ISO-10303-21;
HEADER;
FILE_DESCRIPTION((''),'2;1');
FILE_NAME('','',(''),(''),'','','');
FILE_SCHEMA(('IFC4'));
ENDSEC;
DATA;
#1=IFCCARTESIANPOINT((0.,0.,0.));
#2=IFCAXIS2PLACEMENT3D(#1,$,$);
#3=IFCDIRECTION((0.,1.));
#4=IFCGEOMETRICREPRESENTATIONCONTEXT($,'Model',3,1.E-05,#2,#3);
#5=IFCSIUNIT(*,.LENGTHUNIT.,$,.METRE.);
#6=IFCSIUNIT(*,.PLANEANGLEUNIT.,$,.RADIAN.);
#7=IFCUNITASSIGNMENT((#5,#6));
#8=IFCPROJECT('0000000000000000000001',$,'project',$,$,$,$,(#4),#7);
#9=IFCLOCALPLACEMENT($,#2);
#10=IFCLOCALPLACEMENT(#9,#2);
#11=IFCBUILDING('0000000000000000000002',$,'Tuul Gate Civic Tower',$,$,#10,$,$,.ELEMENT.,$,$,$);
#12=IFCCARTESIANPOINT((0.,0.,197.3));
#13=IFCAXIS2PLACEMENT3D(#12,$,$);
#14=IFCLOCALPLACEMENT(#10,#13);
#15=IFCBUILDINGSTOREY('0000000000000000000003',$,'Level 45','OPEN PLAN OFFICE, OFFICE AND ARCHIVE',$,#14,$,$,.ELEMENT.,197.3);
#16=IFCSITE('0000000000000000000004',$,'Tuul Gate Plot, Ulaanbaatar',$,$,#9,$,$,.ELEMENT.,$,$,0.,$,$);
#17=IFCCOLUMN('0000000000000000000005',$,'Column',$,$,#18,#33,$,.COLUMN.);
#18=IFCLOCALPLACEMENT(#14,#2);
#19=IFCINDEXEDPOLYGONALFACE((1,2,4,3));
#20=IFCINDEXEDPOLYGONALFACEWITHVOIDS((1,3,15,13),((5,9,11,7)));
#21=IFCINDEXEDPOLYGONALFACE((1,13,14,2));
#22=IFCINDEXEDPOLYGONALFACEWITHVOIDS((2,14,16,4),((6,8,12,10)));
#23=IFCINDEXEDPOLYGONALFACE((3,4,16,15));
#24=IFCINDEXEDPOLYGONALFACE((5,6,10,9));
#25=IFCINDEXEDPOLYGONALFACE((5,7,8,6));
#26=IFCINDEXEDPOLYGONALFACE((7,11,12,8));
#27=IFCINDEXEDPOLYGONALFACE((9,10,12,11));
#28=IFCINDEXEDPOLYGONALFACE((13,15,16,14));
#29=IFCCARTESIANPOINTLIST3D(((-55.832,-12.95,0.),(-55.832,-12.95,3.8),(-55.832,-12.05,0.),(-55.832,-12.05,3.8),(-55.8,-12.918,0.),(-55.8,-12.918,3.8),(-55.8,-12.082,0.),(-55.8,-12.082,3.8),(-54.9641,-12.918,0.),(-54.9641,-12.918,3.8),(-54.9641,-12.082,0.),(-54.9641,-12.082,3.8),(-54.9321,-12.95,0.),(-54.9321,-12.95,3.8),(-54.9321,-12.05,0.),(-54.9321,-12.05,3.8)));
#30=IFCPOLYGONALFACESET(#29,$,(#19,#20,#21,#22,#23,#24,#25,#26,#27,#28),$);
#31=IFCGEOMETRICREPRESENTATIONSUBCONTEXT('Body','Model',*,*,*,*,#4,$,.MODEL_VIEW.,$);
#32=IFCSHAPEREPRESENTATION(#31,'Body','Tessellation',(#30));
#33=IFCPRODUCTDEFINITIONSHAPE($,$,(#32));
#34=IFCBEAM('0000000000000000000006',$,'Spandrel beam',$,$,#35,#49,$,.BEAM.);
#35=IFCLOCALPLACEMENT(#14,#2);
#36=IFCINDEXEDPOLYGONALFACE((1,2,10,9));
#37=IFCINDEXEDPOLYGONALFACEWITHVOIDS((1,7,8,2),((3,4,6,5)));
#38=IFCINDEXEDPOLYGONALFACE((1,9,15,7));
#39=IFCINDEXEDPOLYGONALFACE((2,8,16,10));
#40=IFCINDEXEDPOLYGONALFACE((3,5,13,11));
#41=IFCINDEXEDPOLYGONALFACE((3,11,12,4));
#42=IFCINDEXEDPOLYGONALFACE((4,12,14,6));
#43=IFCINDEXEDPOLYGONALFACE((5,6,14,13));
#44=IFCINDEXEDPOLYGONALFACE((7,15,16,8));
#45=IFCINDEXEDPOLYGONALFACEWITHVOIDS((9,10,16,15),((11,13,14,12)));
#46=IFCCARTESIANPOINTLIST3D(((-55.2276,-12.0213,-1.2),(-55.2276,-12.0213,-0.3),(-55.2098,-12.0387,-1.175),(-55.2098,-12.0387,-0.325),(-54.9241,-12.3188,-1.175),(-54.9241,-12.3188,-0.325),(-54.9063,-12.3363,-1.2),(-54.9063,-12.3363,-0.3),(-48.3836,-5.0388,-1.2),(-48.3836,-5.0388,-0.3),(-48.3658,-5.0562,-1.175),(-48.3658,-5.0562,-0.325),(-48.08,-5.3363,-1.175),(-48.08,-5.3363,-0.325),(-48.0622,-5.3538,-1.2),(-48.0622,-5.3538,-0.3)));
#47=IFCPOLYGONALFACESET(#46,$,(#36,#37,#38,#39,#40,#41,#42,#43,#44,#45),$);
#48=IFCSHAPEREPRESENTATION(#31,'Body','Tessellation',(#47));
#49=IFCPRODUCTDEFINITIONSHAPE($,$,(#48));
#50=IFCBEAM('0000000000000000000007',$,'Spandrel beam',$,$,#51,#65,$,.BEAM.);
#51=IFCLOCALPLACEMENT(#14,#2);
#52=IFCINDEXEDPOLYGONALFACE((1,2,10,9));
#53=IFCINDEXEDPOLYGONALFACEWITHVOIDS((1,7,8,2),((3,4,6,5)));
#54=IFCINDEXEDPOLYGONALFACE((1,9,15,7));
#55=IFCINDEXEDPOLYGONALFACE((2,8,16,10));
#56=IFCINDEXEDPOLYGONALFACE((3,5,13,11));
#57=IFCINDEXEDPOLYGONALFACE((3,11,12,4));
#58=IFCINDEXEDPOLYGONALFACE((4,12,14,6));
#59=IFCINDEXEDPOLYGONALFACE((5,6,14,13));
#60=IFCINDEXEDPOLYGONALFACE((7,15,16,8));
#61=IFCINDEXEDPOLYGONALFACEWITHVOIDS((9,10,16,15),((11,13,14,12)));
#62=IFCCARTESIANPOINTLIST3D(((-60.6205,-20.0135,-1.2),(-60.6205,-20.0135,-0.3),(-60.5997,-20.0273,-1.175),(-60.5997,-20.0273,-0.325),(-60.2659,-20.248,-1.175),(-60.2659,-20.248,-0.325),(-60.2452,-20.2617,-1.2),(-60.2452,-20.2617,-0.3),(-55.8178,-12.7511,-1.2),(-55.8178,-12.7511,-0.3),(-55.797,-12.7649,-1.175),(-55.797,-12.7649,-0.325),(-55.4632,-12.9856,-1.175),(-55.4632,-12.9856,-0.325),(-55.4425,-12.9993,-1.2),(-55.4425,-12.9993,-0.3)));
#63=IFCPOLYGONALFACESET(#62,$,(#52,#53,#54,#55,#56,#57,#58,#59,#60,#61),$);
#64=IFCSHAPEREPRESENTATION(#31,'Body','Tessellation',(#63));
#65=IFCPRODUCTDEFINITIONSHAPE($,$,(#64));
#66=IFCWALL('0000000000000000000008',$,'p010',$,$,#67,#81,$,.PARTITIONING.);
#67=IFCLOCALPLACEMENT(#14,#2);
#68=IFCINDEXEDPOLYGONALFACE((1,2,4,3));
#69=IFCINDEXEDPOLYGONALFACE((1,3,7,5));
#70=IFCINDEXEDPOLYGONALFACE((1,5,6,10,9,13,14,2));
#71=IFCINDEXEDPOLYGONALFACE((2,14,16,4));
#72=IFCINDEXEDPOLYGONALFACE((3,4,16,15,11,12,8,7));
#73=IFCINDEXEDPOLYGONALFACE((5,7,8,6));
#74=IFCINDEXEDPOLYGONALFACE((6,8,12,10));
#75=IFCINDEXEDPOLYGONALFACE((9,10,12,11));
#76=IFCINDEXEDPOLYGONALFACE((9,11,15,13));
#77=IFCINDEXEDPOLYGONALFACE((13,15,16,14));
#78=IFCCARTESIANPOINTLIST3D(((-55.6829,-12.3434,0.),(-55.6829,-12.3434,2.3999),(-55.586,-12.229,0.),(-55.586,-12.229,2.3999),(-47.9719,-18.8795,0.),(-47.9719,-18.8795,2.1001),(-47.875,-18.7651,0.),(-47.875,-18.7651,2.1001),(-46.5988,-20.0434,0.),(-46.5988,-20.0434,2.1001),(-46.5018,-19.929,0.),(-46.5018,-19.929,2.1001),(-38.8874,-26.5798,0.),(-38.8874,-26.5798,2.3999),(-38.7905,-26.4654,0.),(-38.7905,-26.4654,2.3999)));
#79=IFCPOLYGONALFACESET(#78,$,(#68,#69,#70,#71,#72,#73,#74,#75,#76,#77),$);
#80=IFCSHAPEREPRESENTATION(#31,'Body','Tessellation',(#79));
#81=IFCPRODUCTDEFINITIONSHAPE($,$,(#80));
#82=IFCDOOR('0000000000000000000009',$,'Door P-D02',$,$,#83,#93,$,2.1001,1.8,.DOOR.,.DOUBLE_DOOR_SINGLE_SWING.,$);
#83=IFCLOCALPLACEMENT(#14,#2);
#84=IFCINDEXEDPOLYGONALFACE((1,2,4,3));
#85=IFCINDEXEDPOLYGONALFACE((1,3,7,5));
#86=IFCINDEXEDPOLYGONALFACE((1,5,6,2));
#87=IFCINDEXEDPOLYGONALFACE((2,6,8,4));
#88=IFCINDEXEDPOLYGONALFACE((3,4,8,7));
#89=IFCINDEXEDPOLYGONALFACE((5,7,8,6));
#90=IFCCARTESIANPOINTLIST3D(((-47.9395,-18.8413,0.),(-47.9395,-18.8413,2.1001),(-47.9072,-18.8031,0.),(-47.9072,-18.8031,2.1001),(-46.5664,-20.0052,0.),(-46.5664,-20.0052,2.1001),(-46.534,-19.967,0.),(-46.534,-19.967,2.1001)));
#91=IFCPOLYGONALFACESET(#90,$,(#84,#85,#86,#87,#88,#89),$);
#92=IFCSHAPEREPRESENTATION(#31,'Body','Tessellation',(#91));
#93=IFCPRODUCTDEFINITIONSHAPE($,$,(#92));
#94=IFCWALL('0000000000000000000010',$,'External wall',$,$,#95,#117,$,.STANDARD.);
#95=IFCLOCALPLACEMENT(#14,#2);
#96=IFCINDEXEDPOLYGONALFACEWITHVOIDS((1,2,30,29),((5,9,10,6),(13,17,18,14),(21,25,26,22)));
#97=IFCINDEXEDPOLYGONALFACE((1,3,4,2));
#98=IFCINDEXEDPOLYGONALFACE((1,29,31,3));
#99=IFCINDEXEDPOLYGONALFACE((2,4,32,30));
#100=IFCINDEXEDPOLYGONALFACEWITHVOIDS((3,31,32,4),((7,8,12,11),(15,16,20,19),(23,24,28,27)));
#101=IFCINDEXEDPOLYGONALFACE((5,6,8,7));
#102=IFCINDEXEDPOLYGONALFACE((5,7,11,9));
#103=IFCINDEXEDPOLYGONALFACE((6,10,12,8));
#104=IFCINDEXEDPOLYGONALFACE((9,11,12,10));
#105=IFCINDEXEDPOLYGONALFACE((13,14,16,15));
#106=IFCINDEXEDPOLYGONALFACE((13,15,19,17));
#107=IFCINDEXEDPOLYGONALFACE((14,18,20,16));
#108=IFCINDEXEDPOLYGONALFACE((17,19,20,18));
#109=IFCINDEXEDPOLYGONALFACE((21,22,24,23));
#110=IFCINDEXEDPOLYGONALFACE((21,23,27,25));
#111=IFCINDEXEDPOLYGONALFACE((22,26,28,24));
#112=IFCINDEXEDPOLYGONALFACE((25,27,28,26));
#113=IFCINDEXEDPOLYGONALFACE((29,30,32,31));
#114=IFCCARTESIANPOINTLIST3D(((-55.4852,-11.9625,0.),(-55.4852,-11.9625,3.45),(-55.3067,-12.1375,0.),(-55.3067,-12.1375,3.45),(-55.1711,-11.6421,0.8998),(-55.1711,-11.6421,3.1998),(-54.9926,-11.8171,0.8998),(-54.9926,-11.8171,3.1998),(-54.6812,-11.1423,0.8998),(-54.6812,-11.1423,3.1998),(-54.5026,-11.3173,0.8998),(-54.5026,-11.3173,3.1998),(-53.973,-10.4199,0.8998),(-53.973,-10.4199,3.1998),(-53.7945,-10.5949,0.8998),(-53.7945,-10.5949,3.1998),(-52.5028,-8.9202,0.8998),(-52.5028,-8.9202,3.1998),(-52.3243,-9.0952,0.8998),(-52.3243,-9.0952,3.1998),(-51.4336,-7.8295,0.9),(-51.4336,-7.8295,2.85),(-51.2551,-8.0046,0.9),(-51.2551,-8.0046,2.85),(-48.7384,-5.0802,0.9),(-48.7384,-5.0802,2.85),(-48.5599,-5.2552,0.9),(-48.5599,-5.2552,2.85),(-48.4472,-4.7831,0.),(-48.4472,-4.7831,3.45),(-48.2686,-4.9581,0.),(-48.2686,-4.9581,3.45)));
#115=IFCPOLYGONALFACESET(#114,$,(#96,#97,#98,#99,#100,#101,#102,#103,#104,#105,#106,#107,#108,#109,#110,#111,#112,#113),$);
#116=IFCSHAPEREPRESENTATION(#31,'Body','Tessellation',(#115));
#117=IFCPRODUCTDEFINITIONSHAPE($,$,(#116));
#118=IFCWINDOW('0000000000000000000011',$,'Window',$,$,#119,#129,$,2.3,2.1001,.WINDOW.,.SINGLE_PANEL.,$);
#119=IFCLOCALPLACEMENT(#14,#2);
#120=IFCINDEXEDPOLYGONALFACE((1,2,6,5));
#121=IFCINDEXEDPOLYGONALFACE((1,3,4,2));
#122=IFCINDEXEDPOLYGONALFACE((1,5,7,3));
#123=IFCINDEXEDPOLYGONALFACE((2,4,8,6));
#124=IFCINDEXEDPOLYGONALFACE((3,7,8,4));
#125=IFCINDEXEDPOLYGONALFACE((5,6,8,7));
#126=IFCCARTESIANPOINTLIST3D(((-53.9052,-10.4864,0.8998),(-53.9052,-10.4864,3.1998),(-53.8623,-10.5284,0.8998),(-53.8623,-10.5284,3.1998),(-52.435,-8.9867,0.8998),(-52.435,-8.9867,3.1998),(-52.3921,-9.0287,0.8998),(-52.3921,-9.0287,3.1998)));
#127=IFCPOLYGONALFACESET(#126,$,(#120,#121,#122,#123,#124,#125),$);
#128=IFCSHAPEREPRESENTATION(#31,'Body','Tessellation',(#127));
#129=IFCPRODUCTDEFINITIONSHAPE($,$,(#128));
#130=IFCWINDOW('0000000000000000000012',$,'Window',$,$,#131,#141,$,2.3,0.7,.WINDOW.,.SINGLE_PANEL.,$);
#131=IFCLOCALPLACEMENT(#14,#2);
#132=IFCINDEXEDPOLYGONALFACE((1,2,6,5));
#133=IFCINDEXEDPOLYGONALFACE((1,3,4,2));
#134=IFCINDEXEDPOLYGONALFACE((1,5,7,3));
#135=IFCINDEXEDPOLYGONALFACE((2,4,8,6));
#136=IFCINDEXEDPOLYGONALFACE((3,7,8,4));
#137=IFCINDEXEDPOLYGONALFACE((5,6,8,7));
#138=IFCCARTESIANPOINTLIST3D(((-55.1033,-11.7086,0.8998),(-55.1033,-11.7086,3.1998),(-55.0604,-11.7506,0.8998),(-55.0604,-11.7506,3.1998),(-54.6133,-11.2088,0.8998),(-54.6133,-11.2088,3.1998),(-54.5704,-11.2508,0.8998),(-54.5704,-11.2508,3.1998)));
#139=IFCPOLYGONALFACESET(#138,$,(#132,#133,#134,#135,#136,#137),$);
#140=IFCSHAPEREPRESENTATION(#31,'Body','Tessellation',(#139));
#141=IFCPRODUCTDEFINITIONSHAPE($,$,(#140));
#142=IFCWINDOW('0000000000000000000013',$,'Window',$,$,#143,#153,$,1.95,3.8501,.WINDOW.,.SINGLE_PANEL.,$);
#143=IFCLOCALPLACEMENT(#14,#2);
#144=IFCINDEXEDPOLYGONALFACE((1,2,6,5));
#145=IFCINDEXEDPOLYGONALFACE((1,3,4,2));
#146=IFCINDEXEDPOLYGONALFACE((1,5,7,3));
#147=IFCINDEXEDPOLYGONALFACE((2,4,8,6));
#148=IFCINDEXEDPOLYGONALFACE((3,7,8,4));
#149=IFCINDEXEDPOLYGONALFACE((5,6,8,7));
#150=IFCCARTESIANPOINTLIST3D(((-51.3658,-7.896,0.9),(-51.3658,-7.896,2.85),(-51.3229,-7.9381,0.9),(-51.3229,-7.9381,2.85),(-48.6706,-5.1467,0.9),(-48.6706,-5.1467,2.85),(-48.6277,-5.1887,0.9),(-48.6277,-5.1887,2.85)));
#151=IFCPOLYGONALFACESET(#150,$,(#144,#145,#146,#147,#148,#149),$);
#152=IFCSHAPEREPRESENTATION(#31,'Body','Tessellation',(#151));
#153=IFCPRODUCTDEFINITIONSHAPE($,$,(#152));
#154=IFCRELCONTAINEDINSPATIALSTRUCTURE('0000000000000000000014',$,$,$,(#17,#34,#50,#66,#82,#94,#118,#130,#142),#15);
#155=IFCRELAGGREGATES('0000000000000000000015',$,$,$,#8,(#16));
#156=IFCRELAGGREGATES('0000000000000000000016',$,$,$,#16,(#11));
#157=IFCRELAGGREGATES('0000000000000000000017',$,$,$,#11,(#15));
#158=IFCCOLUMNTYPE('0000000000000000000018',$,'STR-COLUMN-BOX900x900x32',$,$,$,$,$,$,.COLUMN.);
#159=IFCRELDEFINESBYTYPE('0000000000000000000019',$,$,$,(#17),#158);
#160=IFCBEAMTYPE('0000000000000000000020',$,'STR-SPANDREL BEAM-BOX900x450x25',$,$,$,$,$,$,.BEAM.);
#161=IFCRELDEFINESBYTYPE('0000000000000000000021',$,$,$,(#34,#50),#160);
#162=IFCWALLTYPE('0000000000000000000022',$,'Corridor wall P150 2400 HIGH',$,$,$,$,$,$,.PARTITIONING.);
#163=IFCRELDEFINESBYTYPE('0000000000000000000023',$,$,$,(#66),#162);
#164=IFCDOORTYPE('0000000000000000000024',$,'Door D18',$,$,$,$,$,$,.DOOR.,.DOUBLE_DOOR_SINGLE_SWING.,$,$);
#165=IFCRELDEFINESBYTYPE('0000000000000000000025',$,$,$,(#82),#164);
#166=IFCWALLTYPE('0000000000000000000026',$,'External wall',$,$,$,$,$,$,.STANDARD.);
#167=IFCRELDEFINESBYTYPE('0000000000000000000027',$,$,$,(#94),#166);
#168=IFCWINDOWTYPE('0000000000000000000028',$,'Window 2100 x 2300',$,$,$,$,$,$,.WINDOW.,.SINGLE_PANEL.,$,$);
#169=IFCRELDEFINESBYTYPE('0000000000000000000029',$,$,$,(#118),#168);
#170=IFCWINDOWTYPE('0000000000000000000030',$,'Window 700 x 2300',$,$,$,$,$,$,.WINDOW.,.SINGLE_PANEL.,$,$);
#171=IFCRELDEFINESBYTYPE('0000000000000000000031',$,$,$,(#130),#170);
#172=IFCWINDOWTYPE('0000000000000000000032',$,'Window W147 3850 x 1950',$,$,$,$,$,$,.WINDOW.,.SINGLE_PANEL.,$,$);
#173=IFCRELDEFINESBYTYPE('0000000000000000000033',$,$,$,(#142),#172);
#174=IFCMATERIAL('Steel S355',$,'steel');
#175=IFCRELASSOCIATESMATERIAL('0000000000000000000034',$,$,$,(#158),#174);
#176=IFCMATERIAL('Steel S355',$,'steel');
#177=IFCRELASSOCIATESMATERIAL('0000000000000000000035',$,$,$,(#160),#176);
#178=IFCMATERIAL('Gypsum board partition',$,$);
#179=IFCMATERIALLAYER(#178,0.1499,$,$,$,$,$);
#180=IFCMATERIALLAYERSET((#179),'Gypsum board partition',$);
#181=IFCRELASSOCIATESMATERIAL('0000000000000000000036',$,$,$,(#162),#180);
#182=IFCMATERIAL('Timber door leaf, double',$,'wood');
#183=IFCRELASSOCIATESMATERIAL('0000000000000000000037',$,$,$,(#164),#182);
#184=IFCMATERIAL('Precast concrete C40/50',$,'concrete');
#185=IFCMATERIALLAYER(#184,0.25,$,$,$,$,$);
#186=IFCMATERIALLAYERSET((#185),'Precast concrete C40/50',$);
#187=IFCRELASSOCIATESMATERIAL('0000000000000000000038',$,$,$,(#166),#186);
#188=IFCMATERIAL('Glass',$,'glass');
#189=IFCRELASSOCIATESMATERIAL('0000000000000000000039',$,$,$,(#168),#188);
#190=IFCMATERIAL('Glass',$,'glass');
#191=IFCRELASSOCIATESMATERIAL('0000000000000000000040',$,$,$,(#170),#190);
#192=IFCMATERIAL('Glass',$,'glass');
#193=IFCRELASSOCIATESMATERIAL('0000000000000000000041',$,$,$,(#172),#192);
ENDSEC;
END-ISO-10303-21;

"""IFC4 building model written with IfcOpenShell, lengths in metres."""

from ifc_helpers import new_model, si_unit, direction, frame, frame_2d, origin, origin_2d, place, context, subcontext, project, spatial, rectangle, hollow_rectangle, extrude, material, layer, layer_set, material_profile, profile_set, type_object, element, fill, save


model = new_model("IFC4")

# Units and contexts
model_context = context("Model", 3, precision=1e-05, world=origin(), true_north=direction((0.0, 1.0)))
body_context = subcontext(model_context, "Body", "Model", "MODEL_VIEW")
ifc_project = project(units=[si_unit("LENGTHUNIT", "METRE"), si_unit("PLANEANGLEUNIT", "RADIAN")], contexts=[model_context])

# Site, building, storey
site_placement = place(None, origin())
site = spatial("IfcSite", under=ifc_project, at=site_placement, Name="Tuul Gate Plot, Ulaanbaatar", CompositionType="ELEMENT", RefElevation=0.0)
building_placement = place(site_placement, origin())
building = spatial("IfcBuilding", under=site, at=building_placement, Name="Tuul Gate Civic Tower", CompositionType="ELEMENT")
storey_placement = place(building_placement, frame((0.0, 0.0, 197.3)))
storey = spatial("IfcBuildingStorey", under=building, at=storey_placement, Name="Level 45", Description="OPEN PLAN OFFICE, OFFICE AND ARCHIVE", CompositionType="ELEMENT", Elevation=197.3)

# Column
ifc_material_1 = material(Name="Steel S355", Category="steel")
ifc_material_profile_1 = material_profile(ifc_material_1, hollow_rectangle(XDim=0.8999, YDim=0.8999, WallThickness=0.032, at=origin_2d()), Name="BOX900x900x32")
ifc_profile_set_1 = profile_set([ifc_material_profile_1], Name="Steel S355")
column_type = type_object("IfcColumnType", Name="STR-COLUMN-BOX900x900x32", PredefinedType="COLUMN", material=ifc_profile_set_1)
column_placement = place(storey_placement, frame((-55.3821, -12.5, 0.0), z_axis=(0.0, 0.0, 1.0), x_axis=(1.0, 0.0, 0.0)))
element("IfcColumn", 1, at=column_placement, inside=storey, type_object=column_type, Name="Column", PredefinedType="COLUMN", context=body_context, shape_type="SweptSolid", body=[
    extrude(hollow_rectangle(XDim=0.8999, YDim=0.8999, WallThickness=0.032, at=origin_2d()), origin(), (0.0, 0.0, 1.0), 3.8),
])

# Beams
ifc_material_2 = material(Name="Steel S355", Category="steel")
ifc_material_profile_2 = material_profile(ifc_material_2, hollow_rectangle(XDim=0.45, YDim=0.8999, WallThickness=0.0249, at=origin_2d()), Name="BOX900x450x25")
ifc_profile_set_2 = profile_set([ifc_material_profile_2], Name="Steel S355")
beam_type = type_object("IfcBeamType", Name="STR-SPANDREL BEAM-BOX900x450x25", PredefinedType="BEAM", material=ifc_profile_set_2)
beam_1_placement = place(storey_placement, frame((-48.2229, -5.1963, -0.75), z_axis=(-0.699992, -0.71415, 0.0), x_axis=(0.71415, -0.699992, 0.0)))
element("IfcBeam", 2, at=beam_1_placement, inside=storey, type_object=beam_type, Name="Spandrel beam", PredefinedType="BEAM", context=body_context, shape_type="SweptSolid", body=[
    extrude(hollow_rectangle(XDim=0.45, YDim=0.8999, WallThickness=0.0249, at=origin_2d()), origin(), (0.0, 0.0, 1.0), 9.7773),
])
beam_2_placement = place(storey_placement, frame((-55.6301, -12.8752, -0.75), z_axis=(-0.551603, -0.834107, 0.0), x_axis=(0.834107, -0.551603, 0.0)))
element("IfcBeam", 3, at=beam_2_placement, inside=storey, type_object=beam_type, Name="Spandrel beam", PredefinedType="BEAM", context=body_context, shape_type="SweptSolid", body=[
    extrude(hollow_rectangle(XDim=0.45, YDim=0.8999, WallThickness=0.0249, at=origin_2d()), origin(), (0.0, 0.0, 1.0), 8.7068),
])

# Wall, opening, door
ifc_material_3 = material(Name="Gypsum board partition")
ifc_layer_1 = layer(ifc_material_3, 0.1499)
ifc_layer_set_1 = layer_set([ifc_layer_1], Name="Gypsum board partition")
wall_type_1 = type_object("IfcWallType", Name="Corridor wall P150 2400 HIGH", PredefinedType="PARTITIONING", material=ifc_layer_set_1)
wall_1_placement = place(storey_placement, frame((-55.6345, -12.2861, 0.0), z_axis=(0.0, 0.0, 1.0), x_axis=(0.76283, -0.646599, 0.0)))
wall_1 = element("IfcWall", 4, at=wall_1_placement, inside=storey, type_object=wall_type_1, Name="p010", PredefinedType="PARTITIONING", context=body_context, shape_type="SweptSolid", body=[
    extrude(rectangle(XDim=22.0173, YDim=0.1499, at=frame_2d((11.0088, 0.0))), origin(), (0.0, 0.0, 1.0), 2.3999),
])
opening_1_placement = place(wall_1_placement, frame((10.1086, 0.0, 0.0)))
opening_1 = element("IfcOpeningElement", 5, at=opening_1_placement, cuts=wall_1, PredefinedType="OPENING", context=body_context, shape_type="SweptSolid", body=[
    extrude(rectangle(XDim=1.8, YDim=2.1001, at=frame_2d((0.8999, 1.05))), frame((0.0, 0.085, 0.0), z_axis=(0.0, -1.0, 0.0), x_axis=(1.0, 0.0, 0.0)), (0.0, 0.0, 1.0), 0.1699),
])
ifc_material_4 = material(Name="Timber door leaf, double", Category="wood")
door_type = type_object("IfcDoorType", Name="Door D18", OperationType="DOUBLE_DOOR_SINGLE_SWING", PredefinedType="DOOR", material=ifc_material_4)
door_placement = place(opening_1_placement, frame((1.8, 0.0, 0.0), z_axis=(0.0, 0.0, 1.0), x_axis=(-1.0, 0.0, 0.0)))
door = element("IfcDoor", 6, at=door_placement, inside=storey, type_object=door_type, Name="Door P-D02", OperationType="DOUBLE_DOOR_SINGLE_SWING", OverallHeight=2.1001, OverallWidth=1.8, PredefinedType="DOOR", context=body_context, shape_type="SweptSolid", body=[
    extrude(rectangle(XDim=1.8, YDim=2.1001, at=frame_2d((0.9001, 1.05))), frame((0.0, 0.0249, 0.0), z_axis=(0.0, -1.0, 0.0), x_axis=(1.0, 0.0, 0.0)), (0.0, 0.0, 1.0), 0.05),
])
fill(opening_1, door)

# Wall, openings, windows
ifc_material_5 = material(Name="Precast concrete C40/50", Category="concrete")
ifc_layer_2 = layer(ifc_material_5, 0.25)
ifc_layer_set_2 = layer_set([ifc_layer_2], Name="Precast concrete C40/50")
wall_type_2 = type_object("IfcWallType", Name="External wall", PredefinedType="STANDARD", material=ifc_layer_set_2)
wall_2_placement = place(storey_placement, frame((-48.3579, -4.8706, 0.0), z_axis=(0.0, 0.0, 1.0), x_axis=(-0.700042, -0.714102, 0.0)))
wall_2 = element("IfcWall", 7, at=wall_2_placement, inside=storey, type_object=wall_type_2, Name="External wall", PredefinedType="STANDARD", context=body_context, shape_type="SweptSolid", body=[
    extrude(rectangle(XDim=10.0537, YDim=0.25, at=frame_2d((5.0269, 0.0))), origin(), (0.0, 0.0, 1.0), 3.45),
])
opening_2_placement = place(wall_2_placement, frame((0.416, 0.0, 0.8999)))
opening_2 = element("IfcOpeningElement", 8, at=opening_2_placement, cuts=wall_2, PredefinedType="OPENING", context=body_context, shape_type="SweptSolid", body=[
    extrude(rectangle(XDim=3.8501, YDim=1.95, at=frame_2d((1.925, 0.9751))), frame((0.0, 0.135, 0.0), z_axis=(0.0, -1.0, 0.0), x_axis=(1.0, 0.0, 0.0)), (0.0, 0.0, 1.0), 0.27),
])
opening_3_placement = place(wall_2_placement, frame((5.7935, 0.0, 0.8999)))
opening_3 = element("IfcOpeningElement", 9, at=opening_3_placement, cuts=wall_2, PredefinedType="OPENING", context=body_context, shape_type="SweptSolid", body=[
    extrude(rectangle(XDim=2.1001, YDim=2.3, at=frame_2d((1.05, 1.1499))), frame((0.0, 0.135, 0.0), z_axis=(0.0, -1.0, 0.0), x_axis=(1.0, 0.0, 0.0)), (0.0, 0.0, 1.0), 0.27),
])
opening_4_placement = place(wall_2_placement, frame((8.905, 0.0, 0.8999)))
opening_4 = element("IfcOpeningElement", 10, at=opening_4_placement, cuts=wall_2, PredefinedType="OPENING", context=body_context, shape_type="SweptSolid", body=[
    extrude(rectangle(XDim=0.7, YDim=2.3, at=frame_2d((0.3501, 1.1499))), frame((0.0, 0.135, 0.0), z_axis=(0.0, -1.0, 0.0), x_axis=(1.0, 0.0, 0.0)), (0.0, 0.0, 1.0), 0.27),
])
ifc_material_6 = material(Name="Glass", Category="glass")
window_type_1 = type_object("IfcWindowType", Name="Window 2100 x 2300", PartitioningType="SINGLE_PANEL", PredefinedType="WINDOW", material=ifc_material_6)
window_1_placement = place(opening_3_placement, origin())
window_1 = element("IfcWindow", 11, at=window_1_placement, inside=storey, type_object=window_type_1, Name="Window", OverallHeight=2.3, OverallWidth=2.1001, PartitioningType="SINGLE_PANEL", PredefinedType="WINDOW", context=body_context, shape_type="SweptSolid", body=[
    extrude(rectangle(XDim=2.1001, YDim=2.3, at=frame_2d((1.05, 1.1499))), frame((0.0, 0.03, 0.0), z_axis=(0.0, -1.0, 0.0), x_axis=(1.0, 0.0, 0.0)), (0.0, 0.0, 1.0), 0.0601),
])
fill(opening_3, window_1)
ifc_material_7 = material(Name="Glass", Category="glass")
window_type_2 = type_object("IfcWindowType", Name="Window 700 x 2300", PartitioningType="SINGLE_PANEL", PredefinedType="WINDOW", material=ifc_material_7)
window_2_placement = place(opening_4_placement, origin())
window_2 = element("IfcWindow", 12, at=window_2_placement, inside=storey, type_object=window_type_2, Name="Window", OverallHeight=2.3, OverallWidth=0.7, PartitioningType="SINGLE_PANEL", PredefinedType="WINDOW", context=body_context, shape_type="SweptSolid", body=[
    extrude(rectangle(XDim=0.7, YDim=2.3, at=frame_2d((0.3501, 1.1499))), frame((0.0, 0.03, 0.0), z_axis=(0.0, -1.0, 0.0), x_axis=(1.0, 0.0, 0.0)), (0.0, 0.0, 1.0), 0.0601),
])
fill(opening_4, window_2)
ifc_material_8 = material(Name="Glass", Category="glass")
window_type_3 = type_object("IfcWindowType", Name="Window W147 3850 x 1950", PartitioningType="SINGLE_PANEL", PredefinedType="WINDOW", material=ifc_material_8)
window_3_placement = place(opening_2_placement, origin())
window_3 = element("IfcWindow", 13, at=window_3_placement, inside=storey, type_object=window_type_3, Name="Window", OverallHeight=1.95, OverallWidth=3.8501, PartitioningType="SINGLE_PANEL", PredefinedType="WINDOW", context=body_context, shape_type="SweptSolid", body=[
    extrude(rectangle(XDim=3.8501, YDim=1.95, at=frame_2d((1.925, 0.9751))), frame((0.0, 0.03, 0.0), z_axis=(0.0, -1.0, 0.0), x_axis=(1.0, 0.0, 0.0)), (0.0, 0.0, 1.0), 0.0601),
])
fill(opening_2, window_3)

save(model, "model.ifc")
